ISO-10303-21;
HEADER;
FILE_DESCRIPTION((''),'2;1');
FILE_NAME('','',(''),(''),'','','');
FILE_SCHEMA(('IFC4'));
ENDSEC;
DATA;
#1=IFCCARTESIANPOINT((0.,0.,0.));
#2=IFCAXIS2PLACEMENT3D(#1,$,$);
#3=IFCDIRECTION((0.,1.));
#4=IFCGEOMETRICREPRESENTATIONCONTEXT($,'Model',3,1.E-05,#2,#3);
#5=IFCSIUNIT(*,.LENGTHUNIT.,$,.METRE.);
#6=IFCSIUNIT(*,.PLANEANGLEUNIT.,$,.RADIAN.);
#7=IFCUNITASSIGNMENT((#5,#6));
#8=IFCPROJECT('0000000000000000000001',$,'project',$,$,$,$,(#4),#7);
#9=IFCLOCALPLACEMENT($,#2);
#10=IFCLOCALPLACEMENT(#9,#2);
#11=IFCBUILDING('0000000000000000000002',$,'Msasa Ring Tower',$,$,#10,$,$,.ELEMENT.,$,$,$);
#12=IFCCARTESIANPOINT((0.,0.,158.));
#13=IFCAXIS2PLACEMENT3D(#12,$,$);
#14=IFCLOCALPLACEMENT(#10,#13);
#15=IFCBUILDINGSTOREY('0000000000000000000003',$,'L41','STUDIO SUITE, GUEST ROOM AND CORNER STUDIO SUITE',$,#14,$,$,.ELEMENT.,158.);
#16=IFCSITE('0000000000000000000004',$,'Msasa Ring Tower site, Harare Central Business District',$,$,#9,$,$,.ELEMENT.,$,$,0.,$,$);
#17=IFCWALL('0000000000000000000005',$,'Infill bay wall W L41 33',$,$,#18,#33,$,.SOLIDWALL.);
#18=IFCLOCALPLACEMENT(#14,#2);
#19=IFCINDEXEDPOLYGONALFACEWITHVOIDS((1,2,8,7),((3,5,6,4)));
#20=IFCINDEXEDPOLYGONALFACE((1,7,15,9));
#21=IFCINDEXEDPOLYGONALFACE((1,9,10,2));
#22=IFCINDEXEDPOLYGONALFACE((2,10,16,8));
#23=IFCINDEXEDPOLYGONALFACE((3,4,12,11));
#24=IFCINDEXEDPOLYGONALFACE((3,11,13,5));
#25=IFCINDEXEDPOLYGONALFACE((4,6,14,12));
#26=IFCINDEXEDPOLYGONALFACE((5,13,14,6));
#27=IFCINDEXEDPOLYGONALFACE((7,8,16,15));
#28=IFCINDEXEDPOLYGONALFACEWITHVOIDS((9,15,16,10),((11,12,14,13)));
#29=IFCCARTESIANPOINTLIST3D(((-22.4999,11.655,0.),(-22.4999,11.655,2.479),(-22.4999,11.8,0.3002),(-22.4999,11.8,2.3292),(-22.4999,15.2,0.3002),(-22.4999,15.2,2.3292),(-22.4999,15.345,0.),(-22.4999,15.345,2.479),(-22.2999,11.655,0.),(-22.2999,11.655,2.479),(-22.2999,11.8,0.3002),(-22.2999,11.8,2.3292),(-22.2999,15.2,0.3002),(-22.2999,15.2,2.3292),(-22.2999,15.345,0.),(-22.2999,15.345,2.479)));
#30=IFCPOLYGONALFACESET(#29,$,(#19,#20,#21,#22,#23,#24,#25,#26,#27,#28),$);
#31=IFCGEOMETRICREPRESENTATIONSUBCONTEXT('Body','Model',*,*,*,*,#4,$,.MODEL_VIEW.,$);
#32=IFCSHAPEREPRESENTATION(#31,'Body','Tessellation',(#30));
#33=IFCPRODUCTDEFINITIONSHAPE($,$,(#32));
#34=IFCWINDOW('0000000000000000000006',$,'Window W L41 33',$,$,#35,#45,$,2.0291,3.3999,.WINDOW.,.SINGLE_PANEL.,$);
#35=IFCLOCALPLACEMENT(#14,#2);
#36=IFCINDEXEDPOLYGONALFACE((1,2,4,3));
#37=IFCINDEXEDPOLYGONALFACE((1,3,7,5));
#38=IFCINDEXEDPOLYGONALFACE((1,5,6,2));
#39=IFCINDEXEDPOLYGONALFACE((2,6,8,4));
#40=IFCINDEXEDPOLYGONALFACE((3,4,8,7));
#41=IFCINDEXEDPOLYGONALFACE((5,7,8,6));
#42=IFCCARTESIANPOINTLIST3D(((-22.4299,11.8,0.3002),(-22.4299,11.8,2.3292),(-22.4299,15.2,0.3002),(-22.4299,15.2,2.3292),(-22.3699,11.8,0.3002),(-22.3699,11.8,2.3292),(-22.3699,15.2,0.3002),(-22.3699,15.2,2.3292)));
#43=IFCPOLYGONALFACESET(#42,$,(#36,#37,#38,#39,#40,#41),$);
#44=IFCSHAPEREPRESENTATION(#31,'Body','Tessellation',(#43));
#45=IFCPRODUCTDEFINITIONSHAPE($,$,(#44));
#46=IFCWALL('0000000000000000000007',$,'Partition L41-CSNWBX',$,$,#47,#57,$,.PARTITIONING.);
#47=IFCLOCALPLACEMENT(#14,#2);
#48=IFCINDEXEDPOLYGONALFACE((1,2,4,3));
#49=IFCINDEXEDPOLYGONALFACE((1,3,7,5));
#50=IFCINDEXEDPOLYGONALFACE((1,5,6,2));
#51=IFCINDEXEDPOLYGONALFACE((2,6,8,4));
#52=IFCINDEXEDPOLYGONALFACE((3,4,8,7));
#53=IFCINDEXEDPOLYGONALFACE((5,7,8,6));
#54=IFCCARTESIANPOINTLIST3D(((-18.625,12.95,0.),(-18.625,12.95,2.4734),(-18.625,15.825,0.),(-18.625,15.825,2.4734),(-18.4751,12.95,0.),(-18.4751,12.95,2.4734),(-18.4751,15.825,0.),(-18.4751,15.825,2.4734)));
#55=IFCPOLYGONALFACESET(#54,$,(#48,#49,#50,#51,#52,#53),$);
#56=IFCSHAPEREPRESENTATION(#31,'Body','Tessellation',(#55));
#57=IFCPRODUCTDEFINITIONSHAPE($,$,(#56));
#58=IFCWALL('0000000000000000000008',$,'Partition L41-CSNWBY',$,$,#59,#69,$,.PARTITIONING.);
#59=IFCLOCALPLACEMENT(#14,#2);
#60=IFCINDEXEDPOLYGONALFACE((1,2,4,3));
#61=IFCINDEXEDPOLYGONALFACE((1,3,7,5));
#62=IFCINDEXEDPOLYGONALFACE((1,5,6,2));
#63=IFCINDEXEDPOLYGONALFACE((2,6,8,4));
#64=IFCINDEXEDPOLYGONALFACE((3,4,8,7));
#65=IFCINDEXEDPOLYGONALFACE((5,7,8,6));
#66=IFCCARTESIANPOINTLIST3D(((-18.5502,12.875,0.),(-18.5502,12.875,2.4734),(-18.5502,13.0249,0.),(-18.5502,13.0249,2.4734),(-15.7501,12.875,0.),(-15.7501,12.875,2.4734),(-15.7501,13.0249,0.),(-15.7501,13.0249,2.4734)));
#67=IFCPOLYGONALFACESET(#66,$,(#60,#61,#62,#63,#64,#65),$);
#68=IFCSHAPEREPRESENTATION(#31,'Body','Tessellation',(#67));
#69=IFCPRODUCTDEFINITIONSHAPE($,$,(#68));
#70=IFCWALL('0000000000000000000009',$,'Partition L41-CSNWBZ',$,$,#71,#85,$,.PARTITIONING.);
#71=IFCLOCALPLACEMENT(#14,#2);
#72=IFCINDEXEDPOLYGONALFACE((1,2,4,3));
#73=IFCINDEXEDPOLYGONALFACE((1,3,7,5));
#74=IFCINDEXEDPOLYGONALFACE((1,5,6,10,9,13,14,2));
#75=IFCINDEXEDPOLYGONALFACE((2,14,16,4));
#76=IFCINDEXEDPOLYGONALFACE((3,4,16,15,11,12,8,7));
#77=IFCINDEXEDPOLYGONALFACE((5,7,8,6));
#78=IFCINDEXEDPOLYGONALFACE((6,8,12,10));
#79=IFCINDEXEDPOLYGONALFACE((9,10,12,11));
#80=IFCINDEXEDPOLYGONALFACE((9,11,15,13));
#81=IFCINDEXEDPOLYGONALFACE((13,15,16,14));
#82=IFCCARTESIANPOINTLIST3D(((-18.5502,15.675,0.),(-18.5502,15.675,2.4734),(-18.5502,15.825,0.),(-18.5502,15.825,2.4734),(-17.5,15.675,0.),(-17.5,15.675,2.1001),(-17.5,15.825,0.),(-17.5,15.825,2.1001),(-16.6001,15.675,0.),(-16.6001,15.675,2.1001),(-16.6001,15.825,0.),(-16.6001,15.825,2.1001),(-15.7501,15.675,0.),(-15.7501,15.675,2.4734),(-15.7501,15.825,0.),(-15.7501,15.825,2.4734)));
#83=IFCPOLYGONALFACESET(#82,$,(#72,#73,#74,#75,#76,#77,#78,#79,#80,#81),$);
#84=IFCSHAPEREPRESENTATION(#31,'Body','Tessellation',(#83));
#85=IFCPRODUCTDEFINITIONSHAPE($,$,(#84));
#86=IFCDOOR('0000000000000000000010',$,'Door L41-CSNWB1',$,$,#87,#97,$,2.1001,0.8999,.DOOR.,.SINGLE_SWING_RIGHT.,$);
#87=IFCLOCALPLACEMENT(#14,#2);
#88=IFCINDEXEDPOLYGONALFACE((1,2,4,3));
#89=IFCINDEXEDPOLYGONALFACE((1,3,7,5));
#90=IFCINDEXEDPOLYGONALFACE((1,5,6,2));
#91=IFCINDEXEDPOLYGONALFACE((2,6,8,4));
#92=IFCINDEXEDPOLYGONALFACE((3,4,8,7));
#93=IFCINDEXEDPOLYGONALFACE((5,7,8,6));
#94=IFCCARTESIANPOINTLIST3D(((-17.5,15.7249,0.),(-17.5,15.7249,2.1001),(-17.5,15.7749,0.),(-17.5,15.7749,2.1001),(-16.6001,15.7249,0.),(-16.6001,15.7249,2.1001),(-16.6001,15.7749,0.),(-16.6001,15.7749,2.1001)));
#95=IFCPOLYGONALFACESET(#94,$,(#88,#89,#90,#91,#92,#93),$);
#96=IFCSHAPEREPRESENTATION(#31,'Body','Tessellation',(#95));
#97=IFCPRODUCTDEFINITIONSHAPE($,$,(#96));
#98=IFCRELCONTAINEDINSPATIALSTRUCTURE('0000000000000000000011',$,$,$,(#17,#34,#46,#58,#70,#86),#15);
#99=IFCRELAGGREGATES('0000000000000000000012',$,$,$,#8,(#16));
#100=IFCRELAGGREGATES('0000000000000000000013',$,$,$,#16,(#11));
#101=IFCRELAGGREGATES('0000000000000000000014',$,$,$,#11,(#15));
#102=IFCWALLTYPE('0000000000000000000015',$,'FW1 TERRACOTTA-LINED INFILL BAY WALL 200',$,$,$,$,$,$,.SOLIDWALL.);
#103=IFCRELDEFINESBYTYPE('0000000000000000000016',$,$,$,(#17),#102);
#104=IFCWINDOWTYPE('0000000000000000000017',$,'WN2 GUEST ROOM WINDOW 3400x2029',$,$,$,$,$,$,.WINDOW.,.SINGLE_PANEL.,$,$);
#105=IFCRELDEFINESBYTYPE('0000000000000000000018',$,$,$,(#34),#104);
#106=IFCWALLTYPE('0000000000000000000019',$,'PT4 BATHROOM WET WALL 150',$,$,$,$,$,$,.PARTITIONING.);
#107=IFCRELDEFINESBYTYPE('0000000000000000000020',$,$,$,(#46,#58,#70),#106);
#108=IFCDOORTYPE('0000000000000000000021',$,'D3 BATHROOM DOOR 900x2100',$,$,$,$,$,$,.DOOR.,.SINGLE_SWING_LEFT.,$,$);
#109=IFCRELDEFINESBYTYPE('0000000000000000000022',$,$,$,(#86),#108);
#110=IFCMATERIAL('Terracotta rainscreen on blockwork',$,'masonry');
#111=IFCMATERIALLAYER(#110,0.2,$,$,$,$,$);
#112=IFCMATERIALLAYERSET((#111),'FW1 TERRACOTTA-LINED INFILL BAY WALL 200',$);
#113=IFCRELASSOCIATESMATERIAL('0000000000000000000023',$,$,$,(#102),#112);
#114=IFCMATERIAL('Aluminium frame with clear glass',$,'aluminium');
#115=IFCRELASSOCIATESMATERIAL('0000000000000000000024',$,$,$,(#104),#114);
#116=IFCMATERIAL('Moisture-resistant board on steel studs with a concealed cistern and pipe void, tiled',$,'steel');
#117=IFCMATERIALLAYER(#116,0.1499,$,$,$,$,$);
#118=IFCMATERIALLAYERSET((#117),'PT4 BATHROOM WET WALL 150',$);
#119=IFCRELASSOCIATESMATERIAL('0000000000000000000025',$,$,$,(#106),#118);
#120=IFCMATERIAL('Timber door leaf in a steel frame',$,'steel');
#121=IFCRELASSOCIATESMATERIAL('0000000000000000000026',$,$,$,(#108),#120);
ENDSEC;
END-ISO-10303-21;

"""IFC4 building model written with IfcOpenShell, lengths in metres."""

from ifc_helpers import new_model, si_unit, direction, frame, frame_2d, origin, place, context, subcontext, project, spatial, rectangle, extrude, material, layer, layer_set, type_object, element, fill, save


model = new_model("IFC4")

# Units and contexts
model_context = context("Model", 3, precision=1e-05, world=origin(), true_north=direction((0.0, 1.0)))
body_context = subcontext(model_context, "Body", "Model", "MODEL_VIEW")
ifc_project = project(units=[si_unit("LENGTHUNIT", "METRE"), si_unit("PLANEANGLEUNIT", "RADIAN")], contexts=[model_context])

# Site, building, storey
site_placement = place(None, origin())
site = spatial("IfcSite", under=ifc_project, at=site_placement, Name="Msasa Ring Tower site, Harare Central Business District", CompositionType="ELEMENT", RefElevation=0.0)
building_placement = place(site_placement, origin())
building = spatial("IfcBuilding", under=site, at=building_placement, Name="Msasa Ring Tower", CompositionType="ELEMENT")
storey_placement = place(building_placement, frame((0.0, 0.0, 158.0)))
storey = spatial("IfcBuildingStorey", under=building, at=storey_placement, Name="L41", Description="STUDIO SUITE, GUEST ROOM AND CORNER STUDIO SUITE", CompositionType="ELEMENT", Elevation=158.0)

# Wall, opening, window
ifc_material_1 = material(Name="Terracotta rainscreen on blockwork", Category="masonry")
ifc_layer_1 = layer(ifc_material_1, 0.2)
ifc_layer_set_1 = layer_set([ifc_layer_1], Name="FW1 TERRACOTTA-LINED INFILL BAY WALL 200")
wall_type_1 = type_object("IfcWallType", Name="FW1 TERRACOTTA-LINED INFILL BAY WALL 200", PredefinedType="SOLIDWALL", material=ifc_layer_set_1)
wall_1_placement = place(storey_placement, frame((-22.3999, 11.655, 0.0), z_axis=(0.0, 0.0, 1.0), x_axis=(0.0, 1.0, 0.0)))
wall_1 = element("IfcWall", 1, at=wall_1_placement, inside=storey, type_object=wall_type_1, Name="Infill bay wall W L41 33", PredefinedType="SOLIDWALL", context=body_context, shape_type="SweptSolid", body=[
    extrude(rectangle(XDim=3.6899, YDim=0.2, at=frame_2d((1.845, 0.0))), origin(), (0.0, 0.0, 1.0), 2.479),
])
opening_1_placement = place(wall_1_placement, frame((0.145, 0.0, 0.3)))
opening_1 = element("IfcOpeningElement", 2, at=opening_1_placement, cuts=wall_1, PredefinedType="OPENING", context=body_context, shape_type="SweptSolid", body=[
    extrude(rectangle(XDim=3.3999, YDim=2.0291, at=frame_2d((1.7, 1.0146))), frame((0.0, 0.1099, 0.0), z_axis=(0.0, -1.0, 0.0), x_axis=(1.0, 0.0, 0.0)), (0.0, 0.0, 1.0), 0.22),
])
ifc_material_2 = material(Name="Aluminium frame with clear glass", Category="aluminium")
window_type = type_object("IfcWindowType", Name="WN2 GUEST ROOM WINDOW 3400x2029", PartitioningType="SINGLE_PANEL", PredefinedType="WINDOW", material=ifc_material_2)
window_placement = place(opening_1_placement, origin())
window = element("IfcWindow", 3, at=window_placement, inside=storey, type_object=window_type, Name="Window W L41 33", OverallHeight=2.0291, OverallWidth=3.3999, PartitioningType="SINGLE_PANEL", PredefinedType="WINDOW", context=body_context, shape_type="SweptSolid", body=[
    extrude(rectangle(XDim=3.3999, YDim=2.0291, at=frame_2d((1.7, 1.0146))), frame((0.0, 0.03, 0.0), z_axis=(0.0, -1.0, 0.0), x_axis=(1.0, 0.0, 0.0)), (0.0, 0.0, 1.0), 0.0601),
])
fill(opening_1, window)

# Walls
ifc_material_3 = material(Name="Moisture-resistant board on steel studs with a concealed cistern and pipe void, tiled", Category="steel")
ifc_layer_2 = layer(ifc_material_3, 0.1499)
ifc_layer_set_2 = layer_set([ifc_layer_2], Name="PT4 BATHROOM WET WALL 150")
wall_type_2 = type_object("IfcWallType", Name="PT4 BATHROOM WET WALL 150", PredefinedType="PARTITIONING", material=ifc_layer_set_2)
wall_2_placement = place(storey_placement, frame((-18.55, 12.95, 0.0), z_axis=(0.0, 0.0, 1.0), x_axis=(0.0, 1.0, 0.0)))
element("IfcWall", 4, at=wall_2_placement, inside=storey, type_object=wall_type_2, Name="Partition L41-CSNWBX", PredefinedType="PARTITIONING", context=body_context, shape_type="SweptSolid", body=[
    extrude(rectangle(XDim=2.875, YDim=0.1499, at=frame_2d((1.4375, 0.0))), origin(), (0.0, 0.0, 1.0), 2.4734),
])
wall_3_placement = place(storey_placement, frame((-18.55, 12.95, 0.0), z_axis=(0.0, 0.0, 1.0), x_axis=(1.0, 0.0, 0.0)))
element("IfcWall", 5, at=wall_3_placement, inside=storey, type_object=wall_type_2, Name="Partition L41-CSNWBY", PredefinedType="PARTITIONING", context=body_context, shape_type="SweptSolid", body=[
    extrude(rectangle(XDim=2.8, YDim=0.1499, at=frame_2d((1.3999, 0.0))), origin(), (0.0, 0.0, 1.0), 2.4734),
])

# Wall, opening, door
wall_4_placement = place(storey_placement, frame((-18.55, 15.75, 0.0), z_axis=(0.0, 0.0, 1.0), x_axis=(1.0, 0.0, 0.0)))
wall_4 = element("IfcWall", 6, at=wall_4_placement, inside=storey, type_object=wall_type_2, Name="Partition L41-CSNWBZ", PredefinedType="PARTITIONING", context=body_context, shape_type="SweptSolid", body=[
    extrude(rectangle(XDim=2.8, YDim=0.1499, at=frame_2d((1.3999, 0.0))), origin(), (0.0, 0.0, 1.0), 2.4734),
])
opening_2_placement = place(wall_4_placement, frame((1.05, 0.0, 0.0)))
opening_2 = element("IfcOpeningElement", 7, at=opening_2_placement, cuts=wall_4, PredefinedType="OPENING", context=body_context, shape_type="SweptSolid", body=[
    extrude(rectangle(XDim=0.8999, YDim=2.1001, at=frame_2d((0.45, 1.05))), frame((0.0, 0.085, 0.0), z_axis=(0.0, -1.0, 0.0), x_axis=(1.0, 0.0, 0.0)), (0.0, 0.0, 1.0), 0.1699),
])
ifc_material_4 = material(Name="Timber door leaf in a steel frame", Category="steel")
door_type = type_object("IfcDoorType", Name="D3 BATHROOM DOOR 900x2100", OperationType="SINGLE_SWING_LEFT", PredefinedType="DOOR", material=ifc_material_4)
door_placement = place(opening_2_placement, origin())
door = element("IfcDoor", 8, at=door_placement, inside=storey, type_object=door_type, Name="Door L41-CSNWB1", OperationType="SINGLE_SWING_RIGHT", OverallHeight=2.1001, OverallWidth=0.8999, PredefinedType="DOOR", context=body_context, shape_type="SweptSolid", body=[
    extrude(rectangle(XDim=0.8999, YDim=2.1001, at=frame_2d((0.45, 1.05))), frame((0.0, 0.0249, 0.0), z_axis=(0.0, -1.0, 0.0), x_axis=(1.0, 0.0, 0.0)), (0.0, 0.0, 1.0), 0.05),
])
fill(opening_2, door)

save(model, "model.ifc")
